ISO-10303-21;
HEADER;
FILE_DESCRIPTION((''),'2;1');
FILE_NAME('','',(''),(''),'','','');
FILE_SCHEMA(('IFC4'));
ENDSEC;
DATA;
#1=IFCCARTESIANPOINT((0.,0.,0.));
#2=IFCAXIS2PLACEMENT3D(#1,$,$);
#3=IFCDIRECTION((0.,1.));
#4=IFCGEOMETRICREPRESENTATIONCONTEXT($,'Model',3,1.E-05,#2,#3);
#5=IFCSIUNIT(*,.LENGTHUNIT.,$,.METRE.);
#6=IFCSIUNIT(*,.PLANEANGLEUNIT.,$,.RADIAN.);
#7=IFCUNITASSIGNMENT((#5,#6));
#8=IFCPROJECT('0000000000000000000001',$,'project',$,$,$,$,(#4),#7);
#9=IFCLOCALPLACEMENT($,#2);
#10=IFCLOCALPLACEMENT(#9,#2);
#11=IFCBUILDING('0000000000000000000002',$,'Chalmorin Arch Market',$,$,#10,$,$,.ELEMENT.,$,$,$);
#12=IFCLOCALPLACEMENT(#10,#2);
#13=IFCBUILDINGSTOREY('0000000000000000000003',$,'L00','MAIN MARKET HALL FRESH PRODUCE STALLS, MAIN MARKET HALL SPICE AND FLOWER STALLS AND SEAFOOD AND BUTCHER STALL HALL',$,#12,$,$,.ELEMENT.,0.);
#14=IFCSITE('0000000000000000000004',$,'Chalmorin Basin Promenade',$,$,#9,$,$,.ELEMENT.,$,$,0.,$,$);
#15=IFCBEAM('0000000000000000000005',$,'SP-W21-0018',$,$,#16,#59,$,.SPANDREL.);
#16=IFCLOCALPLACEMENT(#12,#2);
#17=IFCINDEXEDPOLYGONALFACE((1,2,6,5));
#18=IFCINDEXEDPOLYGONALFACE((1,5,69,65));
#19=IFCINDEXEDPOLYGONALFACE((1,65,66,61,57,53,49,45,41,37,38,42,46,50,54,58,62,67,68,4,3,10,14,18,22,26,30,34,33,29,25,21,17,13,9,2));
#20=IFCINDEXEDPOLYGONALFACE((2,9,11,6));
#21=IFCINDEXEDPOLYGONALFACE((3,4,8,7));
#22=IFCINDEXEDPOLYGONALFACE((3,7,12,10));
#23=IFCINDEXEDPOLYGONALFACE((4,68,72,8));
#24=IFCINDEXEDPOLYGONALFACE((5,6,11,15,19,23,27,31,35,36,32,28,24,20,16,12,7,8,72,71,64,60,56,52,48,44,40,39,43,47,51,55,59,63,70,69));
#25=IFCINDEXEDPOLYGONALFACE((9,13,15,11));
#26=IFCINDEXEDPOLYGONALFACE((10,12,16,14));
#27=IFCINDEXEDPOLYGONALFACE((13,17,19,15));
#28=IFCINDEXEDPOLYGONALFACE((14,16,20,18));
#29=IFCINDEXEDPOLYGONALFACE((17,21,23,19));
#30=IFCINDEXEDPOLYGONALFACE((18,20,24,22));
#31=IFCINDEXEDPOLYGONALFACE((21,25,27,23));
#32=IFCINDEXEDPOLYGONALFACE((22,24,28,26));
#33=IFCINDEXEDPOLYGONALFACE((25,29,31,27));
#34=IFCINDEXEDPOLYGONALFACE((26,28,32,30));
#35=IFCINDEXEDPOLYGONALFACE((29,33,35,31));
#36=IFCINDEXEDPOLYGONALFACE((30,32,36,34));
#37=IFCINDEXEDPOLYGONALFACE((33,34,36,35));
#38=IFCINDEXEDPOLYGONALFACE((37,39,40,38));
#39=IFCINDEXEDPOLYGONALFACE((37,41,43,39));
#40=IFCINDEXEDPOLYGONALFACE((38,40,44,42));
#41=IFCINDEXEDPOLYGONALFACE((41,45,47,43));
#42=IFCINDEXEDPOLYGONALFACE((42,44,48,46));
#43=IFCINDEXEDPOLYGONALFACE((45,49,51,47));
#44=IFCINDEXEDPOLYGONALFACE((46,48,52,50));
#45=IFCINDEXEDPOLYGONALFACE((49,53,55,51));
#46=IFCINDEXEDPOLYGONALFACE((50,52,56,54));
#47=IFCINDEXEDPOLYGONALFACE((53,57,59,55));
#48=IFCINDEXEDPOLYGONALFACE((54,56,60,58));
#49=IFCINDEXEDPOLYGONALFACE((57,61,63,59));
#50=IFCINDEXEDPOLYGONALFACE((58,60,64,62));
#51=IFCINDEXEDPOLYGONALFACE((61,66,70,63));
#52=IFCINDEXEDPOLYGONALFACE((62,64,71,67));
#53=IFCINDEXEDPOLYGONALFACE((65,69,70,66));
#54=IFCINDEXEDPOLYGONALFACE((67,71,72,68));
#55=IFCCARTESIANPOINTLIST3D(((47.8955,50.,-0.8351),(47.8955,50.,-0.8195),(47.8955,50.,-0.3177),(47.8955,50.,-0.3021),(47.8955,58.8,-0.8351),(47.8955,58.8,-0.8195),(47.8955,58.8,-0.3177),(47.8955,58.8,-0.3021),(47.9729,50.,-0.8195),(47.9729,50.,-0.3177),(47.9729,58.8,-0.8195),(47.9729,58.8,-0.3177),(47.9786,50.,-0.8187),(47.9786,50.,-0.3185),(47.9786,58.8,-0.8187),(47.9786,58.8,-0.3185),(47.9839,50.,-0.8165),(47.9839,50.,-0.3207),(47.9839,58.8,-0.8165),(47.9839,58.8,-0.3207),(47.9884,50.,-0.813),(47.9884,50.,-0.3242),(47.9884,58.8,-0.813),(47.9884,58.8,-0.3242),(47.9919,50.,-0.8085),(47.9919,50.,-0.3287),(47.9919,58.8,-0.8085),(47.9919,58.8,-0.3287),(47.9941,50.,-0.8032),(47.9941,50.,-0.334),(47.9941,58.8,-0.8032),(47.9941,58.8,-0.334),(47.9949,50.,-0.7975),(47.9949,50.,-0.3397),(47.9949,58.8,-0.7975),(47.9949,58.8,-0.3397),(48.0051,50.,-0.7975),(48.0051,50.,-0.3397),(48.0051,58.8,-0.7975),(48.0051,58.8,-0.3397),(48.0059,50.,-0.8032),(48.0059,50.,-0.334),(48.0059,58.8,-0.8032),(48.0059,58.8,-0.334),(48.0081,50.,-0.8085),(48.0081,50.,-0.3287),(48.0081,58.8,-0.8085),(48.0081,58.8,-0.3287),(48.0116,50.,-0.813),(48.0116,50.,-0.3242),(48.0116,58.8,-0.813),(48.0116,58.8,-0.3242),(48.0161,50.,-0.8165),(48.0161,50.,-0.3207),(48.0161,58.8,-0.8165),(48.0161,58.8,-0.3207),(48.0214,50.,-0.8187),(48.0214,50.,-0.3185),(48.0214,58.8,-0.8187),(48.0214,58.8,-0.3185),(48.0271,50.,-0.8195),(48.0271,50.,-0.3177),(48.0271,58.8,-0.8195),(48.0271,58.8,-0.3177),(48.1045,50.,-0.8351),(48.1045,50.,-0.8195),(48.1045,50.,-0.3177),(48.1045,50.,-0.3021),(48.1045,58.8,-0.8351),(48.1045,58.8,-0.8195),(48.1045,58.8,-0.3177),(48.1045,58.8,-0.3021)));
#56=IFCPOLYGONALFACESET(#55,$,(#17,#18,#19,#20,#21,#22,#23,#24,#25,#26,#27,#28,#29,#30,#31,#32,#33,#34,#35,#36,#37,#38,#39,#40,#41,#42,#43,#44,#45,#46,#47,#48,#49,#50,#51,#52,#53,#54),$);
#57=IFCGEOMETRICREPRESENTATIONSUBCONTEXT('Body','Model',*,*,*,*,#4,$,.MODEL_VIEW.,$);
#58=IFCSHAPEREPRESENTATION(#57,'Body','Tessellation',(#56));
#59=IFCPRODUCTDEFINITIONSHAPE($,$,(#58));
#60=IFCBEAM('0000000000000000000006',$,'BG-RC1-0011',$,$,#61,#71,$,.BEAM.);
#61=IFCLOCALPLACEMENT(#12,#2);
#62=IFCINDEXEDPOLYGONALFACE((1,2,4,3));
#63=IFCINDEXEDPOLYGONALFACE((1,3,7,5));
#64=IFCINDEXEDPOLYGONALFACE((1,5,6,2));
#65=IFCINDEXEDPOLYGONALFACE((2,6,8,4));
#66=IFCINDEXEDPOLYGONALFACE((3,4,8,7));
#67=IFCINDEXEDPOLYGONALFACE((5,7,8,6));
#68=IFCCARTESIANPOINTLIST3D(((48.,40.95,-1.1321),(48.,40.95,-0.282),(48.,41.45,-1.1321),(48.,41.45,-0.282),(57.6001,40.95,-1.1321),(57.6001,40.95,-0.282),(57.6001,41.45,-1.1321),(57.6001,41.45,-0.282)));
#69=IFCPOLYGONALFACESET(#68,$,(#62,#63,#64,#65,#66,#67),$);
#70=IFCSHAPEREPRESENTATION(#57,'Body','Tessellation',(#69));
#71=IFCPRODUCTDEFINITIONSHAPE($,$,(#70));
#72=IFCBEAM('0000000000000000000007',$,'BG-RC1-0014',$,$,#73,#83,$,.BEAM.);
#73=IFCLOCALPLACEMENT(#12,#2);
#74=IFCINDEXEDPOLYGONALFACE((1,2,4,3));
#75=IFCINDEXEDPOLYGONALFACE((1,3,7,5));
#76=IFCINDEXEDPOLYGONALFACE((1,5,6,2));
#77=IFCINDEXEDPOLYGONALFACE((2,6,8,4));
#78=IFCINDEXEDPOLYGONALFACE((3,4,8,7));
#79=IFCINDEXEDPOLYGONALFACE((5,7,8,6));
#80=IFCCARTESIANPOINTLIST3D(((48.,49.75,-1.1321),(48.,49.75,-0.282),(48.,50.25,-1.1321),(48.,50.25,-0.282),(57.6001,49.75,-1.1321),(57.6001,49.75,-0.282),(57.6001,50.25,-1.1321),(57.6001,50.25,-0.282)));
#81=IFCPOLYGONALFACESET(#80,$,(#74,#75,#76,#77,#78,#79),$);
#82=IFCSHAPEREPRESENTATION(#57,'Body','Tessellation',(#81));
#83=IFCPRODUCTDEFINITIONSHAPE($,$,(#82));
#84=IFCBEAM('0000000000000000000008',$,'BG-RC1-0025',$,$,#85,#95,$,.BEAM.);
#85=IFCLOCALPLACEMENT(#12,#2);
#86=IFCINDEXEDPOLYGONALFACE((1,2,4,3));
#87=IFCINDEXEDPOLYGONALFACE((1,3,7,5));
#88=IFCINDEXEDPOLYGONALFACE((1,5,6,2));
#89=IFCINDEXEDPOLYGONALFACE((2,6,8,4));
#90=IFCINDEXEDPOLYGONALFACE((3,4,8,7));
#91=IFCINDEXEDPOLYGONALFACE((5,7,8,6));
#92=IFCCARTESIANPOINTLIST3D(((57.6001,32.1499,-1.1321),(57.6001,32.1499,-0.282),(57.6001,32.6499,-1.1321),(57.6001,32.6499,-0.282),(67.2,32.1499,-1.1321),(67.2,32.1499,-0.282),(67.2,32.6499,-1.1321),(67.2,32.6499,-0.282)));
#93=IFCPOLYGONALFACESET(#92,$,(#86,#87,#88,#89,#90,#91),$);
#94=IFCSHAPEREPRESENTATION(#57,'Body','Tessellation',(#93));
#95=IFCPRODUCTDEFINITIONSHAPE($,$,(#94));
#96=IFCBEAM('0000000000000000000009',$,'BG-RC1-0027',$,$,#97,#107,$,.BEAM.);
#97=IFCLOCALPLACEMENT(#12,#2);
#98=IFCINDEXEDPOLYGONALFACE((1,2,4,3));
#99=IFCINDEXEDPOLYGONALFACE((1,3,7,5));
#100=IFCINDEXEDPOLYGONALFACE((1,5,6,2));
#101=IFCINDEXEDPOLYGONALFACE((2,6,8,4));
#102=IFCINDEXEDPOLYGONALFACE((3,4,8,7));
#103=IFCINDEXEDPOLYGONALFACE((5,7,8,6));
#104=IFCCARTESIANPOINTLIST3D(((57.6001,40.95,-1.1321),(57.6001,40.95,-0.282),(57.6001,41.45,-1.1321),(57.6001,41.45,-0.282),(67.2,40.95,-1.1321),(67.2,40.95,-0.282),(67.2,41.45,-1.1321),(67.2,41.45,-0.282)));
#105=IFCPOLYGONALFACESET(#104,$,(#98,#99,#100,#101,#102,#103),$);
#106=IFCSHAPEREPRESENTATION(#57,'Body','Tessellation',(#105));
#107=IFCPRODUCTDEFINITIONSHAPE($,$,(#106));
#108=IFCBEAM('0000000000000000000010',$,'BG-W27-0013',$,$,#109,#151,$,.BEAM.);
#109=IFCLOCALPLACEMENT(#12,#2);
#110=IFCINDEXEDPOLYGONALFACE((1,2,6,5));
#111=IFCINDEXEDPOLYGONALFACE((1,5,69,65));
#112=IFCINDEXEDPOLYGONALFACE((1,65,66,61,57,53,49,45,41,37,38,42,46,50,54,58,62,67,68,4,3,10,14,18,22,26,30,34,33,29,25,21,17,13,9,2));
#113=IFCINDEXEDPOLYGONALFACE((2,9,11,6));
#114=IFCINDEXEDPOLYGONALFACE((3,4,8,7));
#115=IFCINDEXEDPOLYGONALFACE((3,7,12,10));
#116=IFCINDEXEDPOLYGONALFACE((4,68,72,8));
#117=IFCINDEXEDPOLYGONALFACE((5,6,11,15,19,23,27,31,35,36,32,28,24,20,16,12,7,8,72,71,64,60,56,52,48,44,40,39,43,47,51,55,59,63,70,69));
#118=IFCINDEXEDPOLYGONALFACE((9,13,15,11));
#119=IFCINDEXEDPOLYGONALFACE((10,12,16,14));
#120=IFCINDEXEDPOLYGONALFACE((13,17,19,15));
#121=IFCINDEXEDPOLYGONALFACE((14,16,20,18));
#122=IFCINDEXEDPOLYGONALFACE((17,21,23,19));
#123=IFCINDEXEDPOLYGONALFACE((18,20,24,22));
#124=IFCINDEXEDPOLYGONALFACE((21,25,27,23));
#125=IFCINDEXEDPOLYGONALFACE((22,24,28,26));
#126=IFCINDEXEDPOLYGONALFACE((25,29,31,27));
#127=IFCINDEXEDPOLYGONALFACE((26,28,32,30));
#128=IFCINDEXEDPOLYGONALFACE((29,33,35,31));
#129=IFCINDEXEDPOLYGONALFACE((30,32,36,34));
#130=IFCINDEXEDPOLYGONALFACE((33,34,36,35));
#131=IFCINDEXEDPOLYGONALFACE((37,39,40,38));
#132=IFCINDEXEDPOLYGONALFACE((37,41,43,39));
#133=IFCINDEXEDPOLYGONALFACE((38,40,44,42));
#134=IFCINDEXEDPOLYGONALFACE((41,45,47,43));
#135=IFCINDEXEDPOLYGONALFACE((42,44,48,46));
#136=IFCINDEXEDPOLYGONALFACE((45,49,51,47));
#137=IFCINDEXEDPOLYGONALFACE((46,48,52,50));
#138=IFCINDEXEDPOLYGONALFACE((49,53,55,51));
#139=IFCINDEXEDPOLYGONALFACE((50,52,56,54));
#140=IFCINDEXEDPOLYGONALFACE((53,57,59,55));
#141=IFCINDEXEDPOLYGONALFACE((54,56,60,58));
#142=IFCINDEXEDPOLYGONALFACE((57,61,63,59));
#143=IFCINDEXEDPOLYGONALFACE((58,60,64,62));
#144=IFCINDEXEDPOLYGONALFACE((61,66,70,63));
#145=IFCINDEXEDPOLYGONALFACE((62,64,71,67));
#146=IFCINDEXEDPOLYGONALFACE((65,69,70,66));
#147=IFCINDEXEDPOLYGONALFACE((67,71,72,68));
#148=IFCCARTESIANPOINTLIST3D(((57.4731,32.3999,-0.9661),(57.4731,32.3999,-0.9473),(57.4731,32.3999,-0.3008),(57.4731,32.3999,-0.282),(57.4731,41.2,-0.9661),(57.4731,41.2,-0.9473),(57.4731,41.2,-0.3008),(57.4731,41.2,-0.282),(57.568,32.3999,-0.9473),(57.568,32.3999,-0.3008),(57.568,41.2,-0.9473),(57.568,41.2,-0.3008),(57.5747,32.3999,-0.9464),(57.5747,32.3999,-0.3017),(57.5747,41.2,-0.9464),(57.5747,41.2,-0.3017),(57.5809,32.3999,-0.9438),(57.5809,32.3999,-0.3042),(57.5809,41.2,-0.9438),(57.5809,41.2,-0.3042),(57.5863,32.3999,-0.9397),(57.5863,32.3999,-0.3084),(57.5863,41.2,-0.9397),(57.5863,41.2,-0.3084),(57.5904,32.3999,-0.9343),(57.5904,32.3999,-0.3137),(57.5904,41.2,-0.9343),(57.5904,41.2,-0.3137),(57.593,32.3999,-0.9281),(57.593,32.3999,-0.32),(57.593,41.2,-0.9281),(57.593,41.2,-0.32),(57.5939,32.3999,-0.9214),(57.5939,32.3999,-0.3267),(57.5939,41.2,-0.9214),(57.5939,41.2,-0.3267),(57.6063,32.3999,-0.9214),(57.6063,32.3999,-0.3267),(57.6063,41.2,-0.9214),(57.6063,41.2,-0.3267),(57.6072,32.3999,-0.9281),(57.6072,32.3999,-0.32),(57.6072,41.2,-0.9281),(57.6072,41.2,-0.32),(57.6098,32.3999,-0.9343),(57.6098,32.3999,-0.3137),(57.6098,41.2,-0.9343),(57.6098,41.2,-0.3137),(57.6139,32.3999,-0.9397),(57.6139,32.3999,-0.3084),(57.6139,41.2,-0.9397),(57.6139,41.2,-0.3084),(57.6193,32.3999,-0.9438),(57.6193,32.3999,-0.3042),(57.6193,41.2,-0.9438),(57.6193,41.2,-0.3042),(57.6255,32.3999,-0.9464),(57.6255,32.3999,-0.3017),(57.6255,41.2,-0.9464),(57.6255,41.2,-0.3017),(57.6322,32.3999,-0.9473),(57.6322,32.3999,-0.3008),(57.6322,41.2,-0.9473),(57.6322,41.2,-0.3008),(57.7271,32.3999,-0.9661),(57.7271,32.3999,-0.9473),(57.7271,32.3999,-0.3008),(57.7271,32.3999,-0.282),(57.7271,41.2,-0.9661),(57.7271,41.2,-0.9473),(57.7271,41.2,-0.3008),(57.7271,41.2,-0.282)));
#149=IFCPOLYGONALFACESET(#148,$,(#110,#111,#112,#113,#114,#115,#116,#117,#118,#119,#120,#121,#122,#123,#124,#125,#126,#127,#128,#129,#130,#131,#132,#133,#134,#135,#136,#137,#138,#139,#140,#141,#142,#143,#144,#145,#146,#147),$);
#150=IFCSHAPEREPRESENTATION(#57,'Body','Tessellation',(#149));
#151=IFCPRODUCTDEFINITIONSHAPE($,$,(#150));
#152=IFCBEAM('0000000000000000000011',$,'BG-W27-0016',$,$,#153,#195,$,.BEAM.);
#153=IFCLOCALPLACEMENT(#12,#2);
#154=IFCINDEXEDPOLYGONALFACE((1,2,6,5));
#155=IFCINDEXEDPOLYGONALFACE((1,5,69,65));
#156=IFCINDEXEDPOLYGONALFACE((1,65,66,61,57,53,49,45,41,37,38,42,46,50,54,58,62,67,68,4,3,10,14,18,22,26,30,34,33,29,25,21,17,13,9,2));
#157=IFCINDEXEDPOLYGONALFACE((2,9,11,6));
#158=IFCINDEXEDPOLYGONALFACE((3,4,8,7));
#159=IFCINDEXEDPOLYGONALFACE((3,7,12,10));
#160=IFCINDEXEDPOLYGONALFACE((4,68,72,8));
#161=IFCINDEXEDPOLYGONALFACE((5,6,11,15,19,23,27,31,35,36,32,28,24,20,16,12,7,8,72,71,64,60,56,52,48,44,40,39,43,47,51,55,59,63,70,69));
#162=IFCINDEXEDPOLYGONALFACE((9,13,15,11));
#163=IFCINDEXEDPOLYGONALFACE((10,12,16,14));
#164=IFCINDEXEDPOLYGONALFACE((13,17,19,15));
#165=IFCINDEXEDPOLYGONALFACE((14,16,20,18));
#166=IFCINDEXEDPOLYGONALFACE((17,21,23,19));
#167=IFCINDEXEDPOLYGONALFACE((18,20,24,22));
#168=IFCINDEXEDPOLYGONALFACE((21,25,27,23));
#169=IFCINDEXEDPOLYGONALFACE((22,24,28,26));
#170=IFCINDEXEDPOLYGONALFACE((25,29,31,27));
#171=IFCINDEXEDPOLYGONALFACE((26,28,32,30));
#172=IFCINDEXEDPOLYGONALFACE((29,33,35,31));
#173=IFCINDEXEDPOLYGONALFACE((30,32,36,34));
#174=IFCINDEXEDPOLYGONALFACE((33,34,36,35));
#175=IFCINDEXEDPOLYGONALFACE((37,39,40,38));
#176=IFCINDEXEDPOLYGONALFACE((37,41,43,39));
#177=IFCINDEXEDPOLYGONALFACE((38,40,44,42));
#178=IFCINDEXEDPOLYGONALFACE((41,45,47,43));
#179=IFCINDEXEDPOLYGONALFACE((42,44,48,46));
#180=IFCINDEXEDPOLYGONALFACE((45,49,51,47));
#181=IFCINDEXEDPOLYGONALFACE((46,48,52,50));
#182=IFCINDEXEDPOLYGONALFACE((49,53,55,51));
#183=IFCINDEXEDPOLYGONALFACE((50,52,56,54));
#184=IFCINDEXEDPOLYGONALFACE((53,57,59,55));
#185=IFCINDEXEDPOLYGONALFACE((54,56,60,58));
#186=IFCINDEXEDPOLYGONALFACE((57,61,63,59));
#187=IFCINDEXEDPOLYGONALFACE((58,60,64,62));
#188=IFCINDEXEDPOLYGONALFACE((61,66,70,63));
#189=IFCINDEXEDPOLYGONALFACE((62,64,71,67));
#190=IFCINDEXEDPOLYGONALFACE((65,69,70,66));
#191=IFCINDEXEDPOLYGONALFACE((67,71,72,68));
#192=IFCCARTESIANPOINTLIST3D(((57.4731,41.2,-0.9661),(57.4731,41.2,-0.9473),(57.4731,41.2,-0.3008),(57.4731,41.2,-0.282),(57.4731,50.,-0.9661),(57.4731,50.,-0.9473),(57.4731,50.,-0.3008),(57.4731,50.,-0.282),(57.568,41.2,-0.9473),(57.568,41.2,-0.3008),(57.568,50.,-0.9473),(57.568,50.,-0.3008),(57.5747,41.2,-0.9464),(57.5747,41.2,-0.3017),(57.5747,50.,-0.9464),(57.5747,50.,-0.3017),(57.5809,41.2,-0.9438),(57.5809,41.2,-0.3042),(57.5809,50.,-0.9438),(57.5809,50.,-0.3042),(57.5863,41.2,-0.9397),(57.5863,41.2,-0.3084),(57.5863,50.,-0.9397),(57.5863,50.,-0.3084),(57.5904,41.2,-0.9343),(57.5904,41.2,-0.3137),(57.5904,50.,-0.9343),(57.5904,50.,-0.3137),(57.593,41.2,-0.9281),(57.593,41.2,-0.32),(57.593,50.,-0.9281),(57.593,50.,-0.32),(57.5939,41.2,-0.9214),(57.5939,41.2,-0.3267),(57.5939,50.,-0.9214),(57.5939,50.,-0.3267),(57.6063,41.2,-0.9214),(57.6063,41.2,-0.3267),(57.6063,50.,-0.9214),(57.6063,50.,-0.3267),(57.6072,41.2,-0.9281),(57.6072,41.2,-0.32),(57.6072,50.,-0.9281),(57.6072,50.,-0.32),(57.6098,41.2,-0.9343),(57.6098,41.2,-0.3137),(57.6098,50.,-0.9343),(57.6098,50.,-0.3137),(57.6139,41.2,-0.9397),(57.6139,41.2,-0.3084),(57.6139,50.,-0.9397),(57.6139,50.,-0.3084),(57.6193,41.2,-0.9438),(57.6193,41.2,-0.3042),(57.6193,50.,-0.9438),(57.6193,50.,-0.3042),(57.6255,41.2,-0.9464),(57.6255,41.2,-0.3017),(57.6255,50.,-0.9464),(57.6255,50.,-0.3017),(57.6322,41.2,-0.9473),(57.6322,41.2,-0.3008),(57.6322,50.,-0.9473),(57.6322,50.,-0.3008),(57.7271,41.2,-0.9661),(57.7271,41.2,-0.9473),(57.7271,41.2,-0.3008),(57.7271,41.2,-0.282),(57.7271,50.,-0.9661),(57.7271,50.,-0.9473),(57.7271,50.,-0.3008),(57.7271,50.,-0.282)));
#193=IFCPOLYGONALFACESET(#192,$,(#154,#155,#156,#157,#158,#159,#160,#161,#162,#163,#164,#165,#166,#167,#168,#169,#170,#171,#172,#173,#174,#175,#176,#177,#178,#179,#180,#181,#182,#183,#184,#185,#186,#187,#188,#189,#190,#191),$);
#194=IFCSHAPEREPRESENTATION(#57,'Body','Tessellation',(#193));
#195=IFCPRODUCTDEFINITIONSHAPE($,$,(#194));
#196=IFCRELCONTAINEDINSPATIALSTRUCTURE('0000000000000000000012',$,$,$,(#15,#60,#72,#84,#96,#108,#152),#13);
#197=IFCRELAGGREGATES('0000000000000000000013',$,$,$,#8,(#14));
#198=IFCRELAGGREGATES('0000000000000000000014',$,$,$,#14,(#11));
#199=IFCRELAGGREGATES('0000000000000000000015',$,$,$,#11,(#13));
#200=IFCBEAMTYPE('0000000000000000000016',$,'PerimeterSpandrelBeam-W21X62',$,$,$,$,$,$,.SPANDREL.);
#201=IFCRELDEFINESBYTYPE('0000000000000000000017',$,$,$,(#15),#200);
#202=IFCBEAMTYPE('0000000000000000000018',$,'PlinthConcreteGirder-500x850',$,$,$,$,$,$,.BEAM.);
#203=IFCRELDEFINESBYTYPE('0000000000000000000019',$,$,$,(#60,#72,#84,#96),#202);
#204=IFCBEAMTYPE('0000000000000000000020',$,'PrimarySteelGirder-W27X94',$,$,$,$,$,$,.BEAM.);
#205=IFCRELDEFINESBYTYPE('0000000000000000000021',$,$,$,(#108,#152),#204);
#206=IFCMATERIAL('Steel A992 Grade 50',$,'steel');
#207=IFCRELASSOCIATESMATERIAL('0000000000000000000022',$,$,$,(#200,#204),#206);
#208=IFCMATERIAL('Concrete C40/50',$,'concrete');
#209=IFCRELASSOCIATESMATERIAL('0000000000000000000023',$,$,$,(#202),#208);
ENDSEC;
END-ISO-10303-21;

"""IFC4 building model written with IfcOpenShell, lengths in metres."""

from ifc_helpers import new_model, si_unit, direction, frame, origin, origin_2d, place, context, subcontext, project, spatial, rectangle, i_section, extrude, material, material_profile, profile_set, type_object, element, save


model = new_model("IFC4")

# Units and contexts
model_context = context("Model", 3, precision=1e-05, world=origin(), true_north=direction((0.0, 1.0)))
body_context = subcontext(model_context, "Body", "Model", "MODEL_VIEW")
ifc_project = project(units=[si_unit("LENGTHUNIT", "METRE"), si_unit("PLANEANGLEUNIT", "RADIAN")], contexts=[model_context])

# Site, building, storey
site_placement = place(None, origin())
site = spatial("IfcSite", under=ifc_project, at=site_placement, Name="Chalmorin Basin Promenade", CompositionType="ELEMENT", RefElevation=0.0)
building_placement = place(site_placement, origin())
building = spatial("IfcBuilding", under=site, at=building_placement, Name="Chalmorin Arch Market", CompositionType="ELEMENT")
storey_placement = place(building_placement, origin())
storey = spatial("IfcBuildingStorey", under=building, at=storey_placement, Name="L00", Description="MAIN MARKET HALL FRESH PRODUCE STALLS, MAIN MARKET HALL SPICE AND FLOWER STALLS AND SEAFOOD AND BUTCHER STALL HALL", CompositionType="ELEMENT", Elevation=0.0)

# Shared definitions
ifc_material_1 = material(Name="Concrete C40/50", Category="concrete")
ifc_material_2 = material(Name="Steel A992 Grade 50", Category="steel")

# Beams
ifc_material_profile_1 = material_profile(ifc_material_2, i_section(OverallWidth=0.209, OverallDepth=0.533, WebThickness=0.0103, FlangeThickness=0.0156, FilletRadius=0.022, at=origin_2d()), Name="W21X62")
ifc_profile_set_1 = profile_set([ifc_material_profile_1], Name="Steel A992 Grade 50")
beam_type_1 = type_object("IfcBeamType", Name="PerimeterSpandrelBeam-W21X62", PredefinedType="SPANDREL", material=ifc_profile_set_1)
for number, where, z_axis, x_axis, name in (
    (1, (48.0, 50.0, -0.5686), (0.0, 1.0, 0.0), (-1.0, 0.0, 0.0), "SP-W21-0018"),
):
    element("IfcBeam", number, at=place(storey_placement, frame(where, z_axis=z_axis, x_axis=x_axis)), inside=storey, type_object=beam_type_1, Name=name, PredefinedType="SPANDREL", context=body_context, shape_type="SweptSolid", body=[
        extrude(i_section(OverallWidth=0.209, OverallDepth=0.533, WebThickness=0.0103, FlangeThickness=0.0156, FilletRadius=0.022, at=origin_2d()), origin(), (0.0, 0.0, 1.0), 8.8),
    ])
ifc_material_profile_2 = material_profile(ifc_material_1, rectangle(XDim=0.5, YDim=0.8501, at=origin_2d()), Name="RC500X850")
ifc_profile_set_2 = profile_set([ifc_material_profile_2], Name="Concrete C40/50")
beam_type_2 = type_object("IfcBeamType", Name="PlinthConcreteGirder-500x850", PredefinedType="BEAM", material=ifc_profile_set_2)
for number, where, z_axis, x_axis, name in (
    (2, (48.0, 41.2, -0.707), (1.0, 0.0, 0.0), (0.0, 1.0, 0.0), "BG-RC1-0011"),
    (3, (48.0, 50.0, -0.707), (1.0, 0.0, 0.0), (0.0, 1.0, 0.0), "BG-RC1-0014"),
):
    element("IfcBeam", number, at=place(storey_placement, frame(where, z_axis=z_axis, x_axis=x_axis)), inside=storey, type_object=beam_type_2, Name=name, PredefinedType="BEAM", context=body_context, shape_type="SweptSolid", body=[
        extrude(rectangle(XDim=0.5, YDim=0.8501, at=origin_2d()), origin(), (0.0, 0.0, 1.0), 9.6001),
    ])
for number, where, z_axis, x_axis, name in (
    (4, (57.6001, 32.3999, -0.707), (1.0, 0.0, 0.0), (0.0, 1.0, 0.0), "BG-RC1-0025"),
    (5, (57.6001, 41.2, -0.707), (1.0, 0.0, 0.0), (0.0, 1.0, 0.0), "BG-RC1-0027"),
):
    element("IfcBeam", number, at=place(storey_placement, frame(where, z_axis=z_axis, x_axis=x_axis)), inside=storey, type_object=beam_type_2, Name=name, PredefinedType="BEAM", context=body_context, shape_type="SweptSolid", body=[
        extrude(rectangle(XDim=0.5, YDim=0.8501, at=origin_2d()), origin(), (0.0, 0.0, 1.0), 9.5999),
    ])
ifc_material_profile_3 = material_profile(ifc_material_2, i_section(OverallWidth=0.2539, OverallDepth=0.6841, WebThickness=0.0125, FlangeThickness=0.0188, FilletRadius=0.0259, at=origin_2d()), Name="W27X94")
ifc_profile_set_3 = profile_set([ifc_material_profile_3], Name="Steel A992 Grade 50")
beam_type_3 = type_object("IfcBeamType", Name="PrimarySteelGirder-W27X94", PredefinedType="BEAM", material=ifc_profile_set_3)
for number, where, z_axis, x_axis, name in (
    (6, (57.6001, 32.3999, -0.624), (0.0, 1.0, 0.0), (-1.0, 0.0, 0.0), "BG-W27-0013"),
    (7, (57.6001, 41.2, -0.624), (0.0, 1.0, 0.0), (-1.0, 0.0, 0.0), "BG-W27-0016"),
):
    element("IfcBeam", number, at=place(storey_placement, frame(where, z_axis=z_axis, x_axis=x_axis)), inside=storey, type_object=beam_type_3, Name=name, PredefinedType="BEAM", context=body_context, shape_type="SweptSolid", body=[
        extrude(i_section(OverallWidth=0.2539, OverallDepth=0.6841, WebThickness=0.0125, FlangeThickness=0.0188, FilletRadius=0.0259, at=origin_2d()), origin(), (0.0, 0.0, 1.0), 8.8),
    ])

save(model, "model.ifc")
